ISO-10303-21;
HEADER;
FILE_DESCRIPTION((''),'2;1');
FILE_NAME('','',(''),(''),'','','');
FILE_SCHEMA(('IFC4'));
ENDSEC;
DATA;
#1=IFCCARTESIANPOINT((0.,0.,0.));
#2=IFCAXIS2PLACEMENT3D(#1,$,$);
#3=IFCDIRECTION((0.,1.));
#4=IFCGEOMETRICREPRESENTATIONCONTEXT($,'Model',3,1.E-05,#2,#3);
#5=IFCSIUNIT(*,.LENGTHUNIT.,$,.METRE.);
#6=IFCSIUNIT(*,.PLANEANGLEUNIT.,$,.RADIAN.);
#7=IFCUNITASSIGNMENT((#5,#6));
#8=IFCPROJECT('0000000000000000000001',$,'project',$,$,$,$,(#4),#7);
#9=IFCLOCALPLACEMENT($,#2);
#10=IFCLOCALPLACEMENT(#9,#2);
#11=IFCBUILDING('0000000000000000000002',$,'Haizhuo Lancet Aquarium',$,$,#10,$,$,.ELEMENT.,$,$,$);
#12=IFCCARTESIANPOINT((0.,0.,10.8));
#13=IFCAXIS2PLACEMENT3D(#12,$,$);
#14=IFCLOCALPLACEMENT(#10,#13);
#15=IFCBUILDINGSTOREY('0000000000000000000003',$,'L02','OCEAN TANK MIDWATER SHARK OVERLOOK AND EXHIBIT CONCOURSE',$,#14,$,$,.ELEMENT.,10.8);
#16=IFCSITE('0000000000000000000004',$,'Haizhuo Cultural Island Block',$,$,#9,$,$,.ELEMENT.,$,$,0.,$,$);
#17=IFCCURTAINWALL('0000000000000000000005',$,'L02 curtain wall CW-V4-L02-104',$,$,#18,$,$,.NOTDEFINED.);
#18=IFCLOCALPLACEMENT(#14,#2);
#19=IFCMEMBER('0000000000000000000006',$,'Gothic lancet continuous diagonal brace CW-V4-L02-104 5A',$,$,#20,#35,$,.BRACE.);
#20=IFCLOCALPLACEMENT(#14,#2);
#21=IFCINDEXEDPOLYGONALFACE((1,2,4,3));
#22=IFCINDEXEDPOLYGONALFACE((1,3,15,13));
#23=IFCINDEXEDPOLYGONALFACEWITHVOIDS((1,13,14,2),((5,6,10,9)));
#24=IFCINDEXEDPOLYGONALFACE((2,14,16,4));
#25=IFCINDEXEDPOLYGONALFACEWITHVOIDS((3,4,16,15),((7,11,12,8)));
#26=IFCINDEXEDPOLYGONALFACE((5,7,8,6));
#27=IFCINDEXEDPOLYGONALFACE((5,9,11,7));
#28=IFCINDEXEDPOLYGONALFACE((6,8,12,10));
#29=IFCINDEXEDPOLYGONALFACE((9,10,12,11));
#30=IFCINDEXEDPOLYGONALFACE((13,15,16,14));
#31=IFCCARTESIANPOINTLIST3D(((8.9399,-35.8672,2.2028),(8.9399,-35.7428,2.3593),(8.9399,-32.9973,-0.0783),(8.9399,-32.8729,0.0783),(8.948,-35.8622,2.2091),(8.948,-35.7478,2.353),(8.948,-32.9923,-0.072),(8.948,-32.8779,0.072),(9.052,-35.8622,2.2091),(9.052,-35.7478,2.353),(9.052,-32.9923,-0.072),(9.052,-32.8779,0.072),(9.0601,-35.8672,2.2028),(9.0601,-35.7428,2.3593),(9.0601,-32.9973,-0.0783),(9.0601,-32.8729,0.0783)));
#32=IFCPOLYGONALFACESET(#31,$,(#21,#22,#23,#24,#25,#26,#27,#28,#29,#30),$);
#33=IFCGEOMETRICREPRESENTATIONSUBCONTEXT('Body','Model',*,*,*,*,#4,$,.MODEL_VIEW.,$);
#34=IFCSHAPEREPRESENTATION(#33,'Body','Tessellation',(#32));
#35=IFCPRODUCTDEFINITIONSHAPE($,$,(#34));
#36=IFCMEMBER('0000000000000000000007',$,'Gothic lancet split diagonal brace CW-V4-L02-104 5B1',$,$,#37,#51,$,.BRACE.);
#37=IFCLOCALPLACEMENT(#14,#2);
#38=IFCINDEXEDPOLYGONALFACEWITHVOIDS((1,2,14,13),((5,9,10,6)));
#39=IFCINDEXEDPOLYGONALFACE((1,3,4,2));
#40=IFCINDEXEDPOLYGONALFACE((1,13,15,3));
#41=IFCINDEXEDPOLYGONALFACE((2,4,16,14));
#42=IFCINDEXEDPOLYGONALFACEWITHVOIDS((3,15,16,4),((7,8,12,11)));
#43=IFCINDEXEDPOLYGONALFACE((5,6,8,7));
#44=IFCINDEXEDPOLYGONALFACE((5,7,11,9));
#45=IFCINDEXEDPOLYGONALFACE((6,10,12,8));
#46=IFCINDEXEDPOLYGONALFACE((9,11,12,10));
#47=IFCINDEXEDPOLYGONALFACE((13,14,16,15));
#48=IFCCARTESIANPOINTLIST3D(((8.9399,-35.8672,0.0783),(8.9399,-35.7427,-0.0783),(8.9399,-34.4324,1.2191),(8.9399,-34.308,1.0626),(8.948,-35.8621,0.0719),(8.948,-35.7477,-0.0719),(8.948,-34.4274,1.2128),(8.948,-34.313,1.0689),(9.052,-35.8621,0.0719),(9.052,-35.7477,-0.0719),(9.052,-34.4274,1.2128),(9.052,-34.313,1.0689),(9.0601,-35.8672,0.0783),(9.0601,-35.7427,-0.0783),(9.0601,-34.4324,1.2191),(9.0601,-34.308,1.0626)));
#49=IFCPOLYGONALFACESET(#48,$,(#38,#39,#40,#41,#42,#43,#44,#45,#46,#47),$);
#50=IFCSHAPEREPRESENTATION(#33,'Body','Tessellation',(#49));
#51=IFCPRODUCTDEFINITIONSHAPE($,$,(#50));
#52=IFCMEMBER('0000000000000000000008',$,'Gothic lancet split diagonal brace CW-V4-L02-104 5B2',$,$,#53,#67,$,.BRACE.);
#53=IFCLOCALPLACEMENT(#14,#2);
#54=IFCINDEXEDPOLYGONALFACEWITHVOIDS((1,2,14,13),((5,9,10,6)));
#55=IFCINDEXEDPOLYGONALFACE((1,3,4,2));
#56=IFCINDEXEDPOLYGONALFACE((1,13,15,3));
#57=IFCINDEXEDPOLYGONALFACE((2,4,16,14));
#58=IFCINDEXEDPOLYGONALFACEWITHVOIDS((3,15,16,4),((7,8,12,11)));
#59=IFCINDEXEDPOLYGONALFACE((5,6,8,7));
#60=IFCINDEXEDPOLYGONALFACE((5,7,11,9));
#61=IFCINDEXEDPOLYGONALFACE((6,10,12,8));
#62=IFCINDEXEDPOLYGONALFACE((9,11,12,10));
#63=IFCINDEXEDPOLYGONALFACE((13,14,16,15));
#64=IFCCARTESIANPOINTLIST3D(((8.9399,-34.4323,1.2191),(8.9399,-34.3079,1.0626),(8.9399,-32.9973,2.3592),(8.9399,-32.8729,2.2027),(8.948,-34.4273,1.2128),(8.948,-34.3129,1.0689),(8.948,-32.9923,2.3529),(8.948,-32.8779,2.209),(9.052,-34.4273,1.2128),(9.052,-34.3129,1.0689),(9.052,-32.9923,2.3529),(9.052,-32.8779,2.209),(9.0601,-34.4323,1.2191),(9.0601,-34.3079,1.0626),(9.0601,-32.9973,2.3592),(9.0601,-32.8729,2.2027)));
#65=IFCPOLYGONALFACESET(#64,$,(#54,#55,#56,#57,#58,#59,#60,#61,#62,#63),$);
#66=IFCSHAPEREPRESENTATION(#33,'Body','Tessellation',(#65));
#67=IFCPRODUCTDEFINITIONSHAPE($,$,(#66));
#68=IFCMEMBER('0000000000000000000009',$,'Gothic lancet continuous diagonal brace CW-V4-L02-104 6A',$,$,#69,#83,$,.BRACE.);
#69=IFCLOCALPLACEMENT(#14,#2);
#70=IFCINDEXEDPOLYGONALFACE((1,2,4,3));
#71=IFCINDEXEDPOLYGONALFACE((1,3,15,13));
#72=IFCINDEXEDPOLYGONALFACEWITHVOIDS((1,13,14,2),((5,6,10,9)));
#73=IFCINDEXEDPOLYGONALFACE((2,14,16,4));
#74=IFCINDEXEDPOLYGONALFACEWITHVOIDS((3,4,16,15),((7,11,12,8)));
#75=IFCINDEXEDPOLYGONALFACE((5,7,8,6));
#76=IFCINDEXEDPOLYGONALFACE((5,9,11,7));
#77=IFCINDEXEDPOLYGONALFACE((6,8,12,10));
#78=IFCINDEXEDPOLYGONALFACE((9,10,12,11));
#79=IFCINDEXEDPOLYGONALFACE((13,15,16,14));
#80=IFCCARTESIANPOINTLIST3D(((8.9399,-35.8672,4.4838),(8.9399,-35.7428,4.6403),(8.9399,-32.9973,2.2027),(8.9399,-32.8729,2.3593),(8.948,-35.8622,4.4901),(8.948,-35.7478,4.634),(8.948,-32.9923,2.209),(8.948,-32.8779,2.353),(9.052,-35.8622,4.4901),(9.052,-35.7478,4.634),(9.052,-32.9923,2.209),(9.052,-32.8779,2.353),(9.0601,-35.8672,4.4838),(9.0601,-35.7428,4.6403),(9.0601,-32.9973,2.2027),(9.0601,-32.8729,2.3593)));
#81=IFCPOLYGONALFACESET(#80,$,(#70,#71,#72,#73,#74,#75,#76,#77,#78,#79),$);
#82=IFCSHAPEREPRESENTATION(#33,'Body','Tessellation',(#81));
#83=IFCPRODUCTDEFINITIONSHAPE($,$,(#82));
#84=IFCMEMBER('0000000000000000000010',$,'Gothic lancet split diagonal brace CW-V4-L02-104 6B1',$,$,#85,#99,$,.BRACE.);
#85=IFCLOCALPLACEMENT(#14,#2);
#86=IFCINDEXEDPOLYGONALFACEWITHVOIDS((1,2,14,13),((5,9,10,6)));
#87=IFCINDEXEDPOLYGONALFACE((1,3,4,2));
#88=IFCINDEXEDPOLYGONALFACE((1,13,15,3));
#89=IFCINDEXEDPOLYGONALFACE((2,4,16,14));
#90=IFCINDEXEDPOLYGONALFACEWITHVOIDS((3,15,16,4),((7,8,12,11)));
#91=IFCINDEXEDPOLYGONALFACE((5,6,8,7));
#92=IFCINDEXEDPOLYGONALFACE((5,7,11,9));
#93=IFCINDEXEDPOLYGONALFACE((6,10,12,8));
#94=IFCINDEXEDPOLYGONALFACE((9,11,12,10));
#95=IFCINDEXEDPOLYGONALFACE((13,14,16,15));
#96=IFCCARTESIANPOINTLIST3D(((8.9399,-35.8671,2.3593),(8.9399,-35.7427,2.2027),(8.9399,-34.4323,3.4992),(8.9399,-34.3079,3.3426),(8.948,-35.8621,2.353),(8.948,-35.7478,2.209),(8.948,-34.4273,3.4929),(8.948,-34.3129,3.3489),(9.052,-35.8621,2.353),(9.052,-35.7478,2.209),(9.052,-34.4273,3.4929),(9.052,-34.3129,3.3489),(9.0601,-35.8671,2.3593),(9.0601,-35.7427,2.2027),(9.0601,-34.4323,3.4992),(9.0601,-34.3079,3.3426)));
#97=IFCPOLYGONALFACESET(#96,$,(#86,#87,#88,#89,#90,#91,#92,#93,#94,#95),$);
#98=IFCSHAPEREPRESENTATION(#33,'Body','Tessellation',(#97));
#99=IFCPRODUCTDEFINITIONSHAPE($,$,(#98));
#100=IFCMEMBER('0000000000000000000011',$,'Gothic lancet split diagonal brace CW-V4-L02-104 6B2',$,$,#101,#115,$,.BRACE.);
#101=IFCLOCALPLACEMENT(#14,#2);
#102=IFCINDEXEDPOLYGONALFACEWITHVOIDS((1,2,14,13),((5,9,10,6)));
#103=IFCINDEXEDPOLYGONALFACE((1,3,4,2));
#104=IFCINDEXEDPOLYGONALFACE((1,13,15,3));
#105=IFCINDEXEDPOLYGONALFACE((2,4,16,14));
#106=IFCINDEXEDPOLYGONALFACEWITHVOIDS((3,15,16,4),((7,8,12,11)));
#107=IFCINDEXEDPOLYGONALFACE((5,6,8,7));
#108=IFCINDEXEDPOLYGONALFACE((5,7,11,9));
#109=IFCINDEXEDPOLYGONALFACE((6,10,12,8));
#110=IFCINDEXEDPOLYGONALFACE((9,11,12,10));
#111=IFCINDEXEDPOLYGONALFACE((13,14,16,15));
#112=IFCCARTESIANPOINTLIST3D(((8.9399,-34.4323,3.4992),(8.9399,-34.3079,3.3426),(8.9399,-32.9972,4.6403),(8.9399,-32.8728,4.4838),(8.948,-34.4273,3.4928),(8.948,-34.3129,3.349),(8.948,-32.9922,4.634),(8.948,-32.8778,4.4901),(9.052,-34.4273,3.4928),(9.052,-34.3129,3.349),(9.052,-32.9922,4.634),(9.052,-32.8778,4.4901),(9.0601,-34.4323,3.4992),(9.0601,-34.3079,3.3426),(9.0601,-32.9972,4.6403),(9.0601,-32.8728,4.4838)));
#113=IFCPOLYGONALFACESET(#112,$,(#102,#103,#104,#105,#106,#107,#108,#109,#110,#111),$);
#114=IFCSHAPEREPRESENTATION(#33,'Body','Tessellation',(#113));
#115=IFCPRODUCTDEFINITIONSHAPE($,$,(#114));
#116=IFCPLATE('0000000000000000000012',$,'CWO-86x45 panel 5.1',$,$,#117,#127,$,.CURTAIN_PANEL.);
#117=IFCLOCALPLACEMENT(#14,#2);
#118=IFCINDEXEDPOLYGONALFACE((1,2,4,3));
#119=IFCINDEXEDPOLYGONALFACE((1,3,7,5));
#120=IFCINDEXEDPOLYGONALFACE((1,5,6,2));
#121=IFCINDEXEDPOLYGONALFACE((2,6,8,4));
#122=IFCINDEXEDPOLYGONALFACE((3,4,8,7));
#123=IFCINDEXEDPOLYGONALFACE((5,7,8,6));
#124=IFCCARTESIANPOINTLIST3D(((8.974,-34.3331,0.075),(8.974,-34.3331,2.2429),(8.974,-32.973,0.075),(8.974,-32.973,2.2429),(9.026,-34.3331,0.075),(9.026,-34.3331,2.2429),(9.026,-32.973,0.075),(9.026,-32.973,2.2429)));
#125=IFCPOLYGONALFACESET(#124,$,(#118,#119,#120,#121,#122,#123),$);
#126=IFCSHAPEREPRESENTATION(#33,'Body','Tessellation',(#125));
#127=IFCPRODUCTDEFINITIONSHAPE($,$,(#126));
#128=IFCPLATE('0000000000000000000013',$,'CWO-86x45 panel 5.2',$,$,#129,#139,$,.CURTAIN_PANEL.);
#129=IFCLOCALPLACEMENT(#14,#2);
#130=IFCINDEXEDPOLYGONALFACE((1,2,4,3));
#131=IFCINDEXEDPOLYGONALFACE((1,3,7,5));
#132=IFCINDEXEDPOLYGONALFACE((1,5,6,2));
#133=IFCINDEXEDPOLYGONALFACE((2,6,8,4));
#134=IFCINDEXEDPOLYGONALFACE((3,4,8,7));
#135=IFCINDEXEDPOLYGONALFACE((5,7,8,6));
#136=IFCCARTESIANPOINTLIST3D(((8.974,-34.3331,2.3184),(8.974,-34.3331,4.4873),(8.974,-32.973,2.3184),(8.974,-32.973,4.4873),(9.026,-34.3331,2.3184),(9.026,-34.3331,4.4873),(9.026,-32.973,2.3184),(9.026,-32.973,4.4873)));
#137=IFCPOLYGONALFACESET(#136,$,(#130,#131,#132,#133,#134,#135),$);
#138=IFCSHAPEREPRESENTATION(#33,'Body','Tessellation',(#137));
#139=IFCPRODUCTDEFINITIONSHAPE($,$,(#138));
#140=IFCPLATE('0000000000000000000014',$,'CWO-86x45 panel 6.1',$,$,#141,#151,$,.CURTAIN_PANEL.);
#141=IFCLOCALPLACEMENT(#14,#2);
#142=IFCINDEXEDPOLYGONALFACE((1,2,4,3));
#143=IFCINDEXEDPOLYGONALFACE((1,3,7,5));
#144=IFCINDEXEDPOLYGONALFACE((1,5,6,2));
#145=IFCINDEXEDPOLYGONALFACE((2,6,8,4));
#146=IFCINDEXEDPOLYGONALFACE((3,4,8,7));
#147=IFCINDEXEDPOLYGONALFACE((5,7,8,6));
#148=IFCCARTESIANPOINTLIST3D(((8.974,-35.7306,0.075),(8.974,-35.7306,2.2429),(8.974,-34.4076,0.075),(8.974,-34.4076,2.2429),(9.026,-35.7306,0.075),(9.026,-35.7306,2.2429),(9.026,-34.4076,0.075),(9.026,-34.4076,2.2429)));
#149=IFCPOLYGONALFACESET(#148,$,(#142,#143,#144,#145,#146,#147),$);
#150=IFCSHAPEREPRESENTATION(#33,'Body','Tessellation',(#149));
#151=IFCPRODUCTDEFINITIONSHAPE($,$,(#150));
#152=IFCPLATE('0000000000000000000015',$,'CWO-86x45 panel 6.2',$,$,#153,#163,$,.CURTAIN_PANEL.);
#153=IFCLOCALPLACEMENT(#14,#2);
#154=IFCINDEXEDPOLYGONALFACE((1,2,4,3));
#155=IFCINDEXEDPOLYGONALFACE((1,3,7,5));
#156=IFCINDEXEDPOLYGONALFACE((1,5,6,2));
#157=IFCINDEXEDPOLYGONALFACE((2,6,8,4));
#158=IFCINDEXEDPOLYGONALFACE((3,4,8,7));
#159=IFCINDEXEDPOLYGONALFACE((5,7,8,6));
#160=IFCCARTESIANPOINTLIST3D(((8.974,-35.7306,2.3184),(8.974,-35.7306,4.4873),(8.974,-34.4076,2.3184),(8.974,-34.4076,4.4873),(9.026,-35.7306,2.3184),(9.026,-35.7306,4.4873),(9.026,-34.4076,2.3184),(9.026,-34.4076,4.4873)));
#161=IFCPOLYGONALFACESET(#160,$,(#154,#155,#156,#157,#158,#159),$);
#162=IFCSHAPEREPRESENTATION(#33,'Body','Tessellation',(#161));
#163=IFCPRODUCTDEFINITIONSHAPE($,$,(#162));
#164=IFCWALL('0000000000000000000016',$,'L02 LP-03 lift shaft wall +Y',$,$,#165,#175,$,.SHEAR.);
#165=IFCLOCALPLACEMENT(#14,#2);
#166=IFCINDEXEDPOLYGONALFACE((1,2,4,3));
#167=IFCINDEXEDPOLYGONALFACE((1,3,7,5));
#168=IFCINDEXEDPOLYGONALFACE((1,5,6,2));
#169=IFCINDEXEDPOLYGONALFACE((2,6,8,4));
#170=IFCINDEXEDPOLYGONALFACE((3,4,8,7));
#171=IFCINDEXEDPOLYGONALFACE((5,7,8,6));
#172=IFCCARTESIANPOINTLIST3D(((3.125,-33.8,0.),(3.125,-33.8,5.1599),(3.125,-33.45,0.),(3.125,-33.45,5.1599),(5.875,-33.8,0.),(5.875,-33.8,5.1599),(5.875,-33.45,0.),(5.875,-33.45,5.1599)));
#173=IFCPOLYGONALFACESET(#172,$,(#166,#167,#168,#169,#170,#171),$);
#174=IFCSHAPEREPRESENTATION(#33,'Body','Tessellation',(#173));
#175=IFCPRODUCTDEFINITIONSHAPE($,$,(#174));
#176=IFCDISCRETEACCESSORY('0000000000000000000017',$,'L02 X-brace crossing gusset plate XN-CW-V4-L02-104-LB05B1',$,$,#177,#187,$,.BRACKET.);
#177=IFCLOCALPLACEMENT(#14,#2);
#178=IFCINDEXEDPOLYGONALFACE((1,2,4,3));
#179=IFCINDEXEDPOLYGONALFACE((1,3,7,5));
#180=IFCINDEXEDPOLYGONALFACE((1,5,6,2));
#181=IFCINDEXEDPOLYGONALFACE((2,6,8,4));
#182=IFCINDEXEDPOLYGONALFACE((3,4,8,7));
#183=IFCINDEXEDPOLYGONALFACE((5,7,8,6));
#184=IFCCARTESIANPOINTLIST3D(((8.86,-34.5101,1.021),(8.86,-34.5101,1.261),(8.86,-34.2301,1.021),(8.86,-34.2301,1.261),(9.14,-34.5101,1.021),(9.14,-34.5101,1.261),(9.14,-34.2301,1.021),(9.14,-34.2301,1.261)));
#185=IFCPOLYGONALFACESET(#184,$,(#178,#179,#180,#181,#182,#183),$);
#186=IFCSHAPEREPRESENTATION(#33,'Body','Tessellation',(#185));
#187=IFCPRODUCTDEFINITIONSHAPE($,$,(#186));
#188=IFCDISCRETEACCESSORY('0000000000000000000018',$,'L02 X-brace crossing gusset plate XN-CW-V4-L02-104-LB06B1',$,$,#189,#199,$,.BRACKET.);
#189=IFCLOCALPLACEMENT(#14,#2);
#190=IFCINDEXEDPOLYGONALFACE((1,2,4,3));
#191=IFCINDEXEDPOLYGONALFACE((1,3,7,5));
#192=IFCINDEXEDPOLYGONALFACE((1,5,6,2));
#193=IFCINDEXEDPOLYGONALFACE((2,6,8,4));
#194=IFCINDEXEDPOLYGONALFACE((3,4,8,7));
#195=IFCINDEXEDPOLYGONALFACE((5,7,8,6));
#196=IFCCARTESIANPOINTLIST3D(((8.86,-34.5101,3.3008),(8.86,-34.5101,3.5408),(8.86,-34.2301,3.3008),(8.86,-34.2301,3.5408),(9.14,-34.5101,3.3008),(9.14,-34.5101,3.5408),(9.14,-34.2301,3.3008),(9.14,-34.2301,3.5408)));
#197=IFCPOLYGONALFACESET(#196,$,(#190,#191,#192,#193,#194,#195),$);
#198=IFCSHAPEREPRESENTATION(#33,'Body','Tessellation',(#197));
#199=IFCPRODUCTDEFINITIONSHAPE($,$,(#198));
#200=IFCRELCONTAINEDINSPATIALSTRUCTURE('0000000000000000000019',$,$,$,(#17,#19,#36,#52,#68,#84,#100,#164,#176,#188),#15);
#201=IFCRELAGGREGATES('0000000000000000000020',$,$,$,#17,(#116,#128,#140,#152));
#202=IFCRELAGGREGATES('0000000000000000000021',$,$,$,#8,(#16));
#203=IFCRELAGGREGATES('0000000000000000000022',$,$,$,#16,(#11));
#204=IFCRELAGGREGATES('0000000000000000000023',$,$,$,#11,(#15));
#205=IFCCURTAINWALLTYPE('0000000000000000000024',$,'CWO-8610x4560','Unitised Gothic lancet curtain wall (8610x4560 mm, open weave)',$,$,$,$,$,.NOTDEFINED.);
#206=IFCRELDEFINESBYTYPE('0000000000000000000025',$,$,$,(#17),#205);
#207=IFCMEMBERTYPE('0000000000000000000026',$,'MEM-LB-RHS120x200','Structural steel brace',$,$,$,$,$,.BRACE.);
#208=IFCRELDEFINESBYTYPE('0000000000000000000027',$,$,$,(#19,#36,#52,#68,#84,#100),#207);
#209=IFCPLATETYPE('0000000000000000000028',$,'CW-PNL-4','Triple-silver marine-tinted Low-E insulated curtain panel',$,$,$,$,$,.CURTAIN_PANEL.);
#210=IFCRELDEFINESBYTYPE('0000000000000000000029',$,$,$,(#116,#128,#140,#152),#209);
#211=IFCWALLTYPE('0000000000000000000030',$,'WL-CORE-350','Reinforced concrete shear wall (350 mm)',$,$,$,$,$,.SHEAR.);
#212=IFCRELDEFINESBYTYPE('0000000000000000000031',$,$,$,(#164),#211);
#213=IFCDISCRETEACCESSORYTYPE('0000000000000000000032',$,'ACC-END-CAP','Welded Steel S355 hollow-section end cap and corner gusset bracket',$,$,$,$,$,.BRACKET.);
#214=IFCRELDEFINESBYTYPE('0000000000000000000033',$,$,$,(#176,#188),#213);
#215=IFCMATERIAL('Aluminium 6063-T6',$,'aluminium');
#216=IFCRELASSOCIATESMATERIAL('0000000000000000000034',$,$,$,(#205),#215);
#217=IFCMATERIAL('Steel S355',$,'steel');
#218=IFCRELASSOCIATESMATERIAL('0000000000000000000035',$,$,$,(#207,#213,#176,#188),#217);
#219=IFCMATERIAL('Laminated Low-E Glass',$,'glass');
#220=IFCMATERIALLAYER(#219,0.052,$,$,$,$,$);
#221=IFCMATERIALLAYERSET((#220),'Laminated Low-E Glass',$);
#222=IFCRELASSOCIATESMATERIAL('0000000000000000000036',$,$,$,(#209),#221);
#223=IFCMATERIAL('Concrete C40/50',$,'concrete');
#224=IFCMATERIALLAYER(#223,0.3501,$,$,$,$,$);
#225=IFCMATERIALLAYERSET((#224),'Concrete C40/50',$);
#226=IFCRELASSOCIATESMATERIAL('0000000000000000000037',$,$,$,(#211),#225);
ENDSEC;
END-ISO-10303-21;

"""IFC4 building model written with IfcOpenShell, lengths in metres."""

from ifc_helpers import new_model, si_unit, direction, frame, frame_2d, origin, origin_2d, place, context, subcontext, project, spatial, rectangle, hollow_rectangle, extrude, material, layer, layer_set, material_profile, profile_set, type_object, element, aggregate, save


model = new_model("IFC4")

# Units and contexts
model_context = context("Model", 3, precision=1e-05, world=origin(), true_north=direction((0.0, 1.0)))
body_context = subcontext(model_context, "Body", "Model", "MODEL_VIEW")
ifc_project = project(units=[si_unit("LENGTHUNIT", "METRE"), si_unit("PLANEANGLEUNIT", "RADIAN")], contexts=[model_context])

# Site, building, storey
site_placement = place(None, origin())
site = spatial("IfcSite", under=ifc_project, at=site_placement, Name="Haizhuo Cultural Island Block", CompositionType="ELEMENT", RefElevation=0.0)
building_placement = place(site_placement, origin())
building = spatial("IfcBuilding", under=site, at=building_placement, Name="Haizhuo Lancet Aquarium", CompositionType="ELEMENT")
storey_placement = place(building_placement, frame((0.0, 0.0, 10.8)))
storey = spatial("IfcBuildingStorey", under=building, at=storey_placement, Name="L02", Description="OCEAN TANK MIDWATER SHARK OVERLOOK AND EXHIBIT CONCOURSE", CompositionType="ELEMENT", Elevation=10.8)

# Curtain wall
ifc_material_1 = material(Name="Aluminium 6063-T6", Category="aluminium")
curtain_wall_type = type_object("IfcCurtainWallType", Name="CWO-8610x4560", Description="Unitised Gothic lancet curtain wall (8610x4560 mm, open weave)", PredefinedType="NOTDEFINED", material=ifc_material_1)
curtain_wall_placement = place(storey_placement, origin())
curtain_wall = element("IfcCurtainWall", 1, at=curtain_wall_placement, inside=storey, type_object=curtain_wall_type, Name="L02 curtain wall CW-V4-L02-104", PredefinedType="NOTDEFINED")

# Members
ifc_material_2 = material(Name="Steel S355", Category="steel")
ifc_material_profile_1 = material_profile(ifc_material_2, hollow_rectangle(XDim=0.1201, YDim=0.2, WallThickness=0.0081, at=origin_2d()), Name="RHS 120x200x8")
ifc_profile_set_1 = profile_set([ifc_material_profile_1], Name="Steel S355")
member_type_1 = type_object("IfcMemberType", Name="MEM-LB-RHS120x200", Description="Structural steel brace", PredefinedType="BRACE", material=ifc_profile_set_1)
member_1_placement = place(storey_placement, frame((9.0, -32.9351, 0.0), z_axis=(0.0, -0.782847, 0.622215), x_axis=(1.0, 0.0, 0.0)))
element("IfcMember", 2, at=member_1_placement, inside=storey, type_object=member_type_1, Name="Gothic lancet continuous diagonal brace CW-V4-L02-104 5A", PredefinedType="BRACE", context=body_context, shape_type="SweptSolid", body=[
    extrude(hollow_rectangle(XDim=0.1201, YDim=0.2, WallThickness=0.0081, at=origin_2d()), origin(), (0.0, 0.0, 1.0), 3.666),
])
member_2_placement = place(storey_placement, frame((9.0, -35.8049, 0.0), z_axis=(0.0, 0.782723, 0.62237), x_axis=(-1.0, 0.0, 0.0)))
element("IfcMember", 3, at=member_2_placement, inside=storey, type_object=member_type_1, Name="Gothic lancet split diagonal brace CW-V4-L02-104 5B1", PredefinedType="BRACE", context=body_context, shape_type="SweptSolid", body=[
    extrude(hollow_rectangle(XDim=0.1201, YDim=0.2, WallThickness=0.0081, at=origin_2d()), origin(), (0.0, 0.0, 1.0), 1.833),
])
member_3_placement = place(storey_placement, frame((9.0, -34.3701, 1.1409), z_axis=(0.0, 0.78297, 0.62206), x_axis=(-1.0, 0.0, 0.0)))
element("IfcMember", 4, at=member_3_placement, inside=storey, type_object=member_type_1, Name="Gothic lancet split diagonal brace CW-V4-L02-104 5B2", PredefinedType="BRACE", context=body_context, shape_type="SweptSolid", body=[
    extrude(hollow_rectangle(XDim=0.1201, YDim=0.2, WallThickness=0.0081, at=origin_2d()), origin(), (0.0, 0.0, 1.0), 1.8328),
])
member_4_placement = place(storey_placement, frame((9.0, -32.9351, 2.281), z_axis=(0.0, -0.782847, 0.622215), x_axis=(1.0, 0.0, 0.0)))
element("IfcMember", 5, at=member_4_placement, inside=storey, type_object=member_type_1, Name="Gothic lancet continuous diagonal brace CW-V4-L02-104 6A", PredefinedType="BRACE", context=body_context, shape_type="SweptSolid", body=[
    extrude(hollow_rectangle(XDim=0.1201, YDim=0.2, WallThickness=0.0081, at=origin_2d()), origin(), (0.0, 0.0, 1.0), 3.666),
])
member_5_placement = place(storey_placement, frame((9.0, -35.8049, 2.281), z_axis=(0.0, 0.782983, 0.622043), x_axis=(-1.0, 0.0, 0.0)))
element("IfcMember", 6, at=member_5_placement, inside=storey, type_object=member_type_1, Name="Gothic lancet split diagonal brace CW-V4-L02-104 6B1", PredefinedType="BRACE", context=body_context, shape_type="SweptSolid", body=[
    extrude(hollow_rectangle(XDim=0.1201, YDim=0.2, WallThickness=0.0081, at=origin_2d()), origin(), (0.0, 0.0, 1.0), 1.8325),
])
member_6_placement = place(storey_placement, frame((9.0, -34.3701, 3.4209), z_axis=(0.0, 0.78271, 0.622386), x_axis=(-1.0, 0.0, 0.0)))
element("IfcMember", 7, at=member_6_placement, inside=storey, type_object=member_type_1, Name="Gothic lancet split diagonal brace CW-V4-L02-104 6B2", PredefinedType="BRACE", context=body_context, shape_type="SweptSolid", body=[
    extrude(hollow_rectangle(XDim=0.1201, YDim=0.2, WallThickness=0.0081, at=origin_2d()), origin(), (0.0, 0.0, 1.0), 1.8335),
])

# Plates
ifc_material_3 = material(Name="Laminated Low-E Glass", Category="glass")
ifc_layer_1 = layer(ifc_material_3, 0.052)
ifc_layer_set_1 = layer_set([ifc_layer_1], Name="Laminated Low-E Glass")
plate_type = type_object("IfcPlateType", Name="CW-PNL-4", Description="Triple-silver marine-tinted Low-E insulated curtain panel", PredefinedType="CURTAIN_PANEL", material=ifc_layer_set_1)
plate_1_placement = place(storey_placement, frame((9.0, -33.6531, 0.075), z_axis=(0.0, 0.0, 1.0), x_axis=(0.0, -1.0, 0.0)))
plate_1 = element("IfcPlate", 8, at=plate_1_placement, type_object=plate_type, Name="CWO-86x45 panel 5.1", PredefinedType="CURTAIN_PANEL", context=body_context, shape_type="SweptSolid", body=[
    extrude(rectangle(XDim=1.3601, YDim=0.052, at=origin_2d()), origin(), (0.0, 0.0, 1.0), 2.168),
])
plate_2_placement = place(storey_placement, frame((9.0, -33.6531, 2.3184), z_axis=(0.0, 0.0, 1.0), x_axis=(0.0, -1.0, 0.0)))
plate_2 = element("IfcPlate", 9, at=plate_2_placement, type_object=plate_type, Name="CWO-86x45 panel 5.2", PredefinedType="CURTAIN_PANEL", context=body_context, shape_type="SweptSolid", body=[
    extrude(rectangle(XDim=1.3601, YDim=0.052, at=origin_2d()), origin(), (0.0, 0.0, 1.0), 2.1689),
])
plate_3_placement = place(storey_placement, frame((9.0, -35.0691, 0.075), z_axis=(0.0, 0.0, 1.0), x_axis=(0.0, -1.0, 0.0)))
plate_3 = element("IfcPlate", 10, at=plate_3_placement, type_object=plate_type, Name="CWO-86x45 panel 6.1", PredefinedType="CURTAIN_PANEL", context=body_context, shape_type="SweptSolid", body=[
    extrude(rectangle(XDim=1.323, YDim=0.052, at=origin_2d()), origin(), (0.0, 0.0, 1.0), 2.168),
])
plate_4_placement = place(storey_placement, frame((9.0, -35.0691, 2.3184), z_axis=(0.0, 0.0, 1.0), x_axis=(0.0, -1.0, 0.0)))
plate_4 = element("IfcPlate", 11, at=plate_4_placement, type_object=plate_type, Name="CWO-86x45 panel 6.2", PredefinedType="CURTAIN_PANEL", context=body_context, shape_type="SweptSolid", body=[
    extrude(rectangle(XDim=1.323, YDim=0.052, at=origin_2d()), origin(), (0.0, 0.0, 1.0), 2.1689),
])
aggregate(curtain_wall, [plate_1, plate_2, plate_3, plate_4])

# Wall
ifc_material_4 = material(Name="Concrete C40/50", Category="concrete")
ifc_layer_2 = layer(ifc_material_4, 0.3501)
ifc_layer_set_2 = layer_set([ifc_layer_2], Name="Concrete C40/50")
wall_type = type_object("IfcWallType", Name="WL-CORE-350", Description="Reinforced concrete shear wall (350 mm)", PredefinedType="SHEAR", material=ifc_layer_set_2)
wall_placement = place(storey_placement, frame((5.875, -33.625, 0.0), z_axis=(0.0, 0.0, 1.0), x_axis=(-1.0, 0.0, 0.0)))
element("IfcWall", 12, at=wall_placement, inside=storey, type_object=wall_type, Name="L02 LP-03 lift shaft wall +Y", PredefinedType="SHEAR", context=body_context, shape_type="SweptSolid", body=[
    extrude(rectangle(XDim=2.75, YDim=0.3501, at=frame_2d((1.375, 0.0))), origin(), (0.0, 0.0, 1.0), 5.1599),
])

# Discrete accessories
discrete_accessory_type = type_object("IfcDiscreteAccessoryType", Name="ACC-END-CAP", Description="Welded Steel S355 hollow-section end cap and corner gusset bracket", PredefinedType="BRACKET", material=ifc_material_2)
for number, where, z_axis, x_axis, name in (
    (13, (9.0, -34.3701, 1.021), (0.0, 0.0, 1.0), (1.0, 0.0, 0.0), "L02 X-brace crossing gusset plate XN-CW-V4-L02-104-LB05B1"),
    (14, (9.0, -34.3701, 3.3008), (0.0, 0.0, 1.0), (1.0, 0.0, 0.0), "L02 X-brace crossing gusset plate XN-CW-V4-L02-104-LB06B1"),
):
    element("IfcDiscreteAccessory", number, at=place(storey_placement, frame(where, z_axis=z_axis, x_axis=x_axis)), inside=storey, type_object=discrete_accessory_type, material=ifc_material_2, Name=name, PredefinedType="BRACKET", context=body_context, shape_type="SweptSolid", body=[
        extrude(rectangle(XDim=0.28, YDim=0.28, at=origin_2d()), origin(), (0.0, 0.0, 1.0), 0.24),
    ])

save(model, "model.ifc")
